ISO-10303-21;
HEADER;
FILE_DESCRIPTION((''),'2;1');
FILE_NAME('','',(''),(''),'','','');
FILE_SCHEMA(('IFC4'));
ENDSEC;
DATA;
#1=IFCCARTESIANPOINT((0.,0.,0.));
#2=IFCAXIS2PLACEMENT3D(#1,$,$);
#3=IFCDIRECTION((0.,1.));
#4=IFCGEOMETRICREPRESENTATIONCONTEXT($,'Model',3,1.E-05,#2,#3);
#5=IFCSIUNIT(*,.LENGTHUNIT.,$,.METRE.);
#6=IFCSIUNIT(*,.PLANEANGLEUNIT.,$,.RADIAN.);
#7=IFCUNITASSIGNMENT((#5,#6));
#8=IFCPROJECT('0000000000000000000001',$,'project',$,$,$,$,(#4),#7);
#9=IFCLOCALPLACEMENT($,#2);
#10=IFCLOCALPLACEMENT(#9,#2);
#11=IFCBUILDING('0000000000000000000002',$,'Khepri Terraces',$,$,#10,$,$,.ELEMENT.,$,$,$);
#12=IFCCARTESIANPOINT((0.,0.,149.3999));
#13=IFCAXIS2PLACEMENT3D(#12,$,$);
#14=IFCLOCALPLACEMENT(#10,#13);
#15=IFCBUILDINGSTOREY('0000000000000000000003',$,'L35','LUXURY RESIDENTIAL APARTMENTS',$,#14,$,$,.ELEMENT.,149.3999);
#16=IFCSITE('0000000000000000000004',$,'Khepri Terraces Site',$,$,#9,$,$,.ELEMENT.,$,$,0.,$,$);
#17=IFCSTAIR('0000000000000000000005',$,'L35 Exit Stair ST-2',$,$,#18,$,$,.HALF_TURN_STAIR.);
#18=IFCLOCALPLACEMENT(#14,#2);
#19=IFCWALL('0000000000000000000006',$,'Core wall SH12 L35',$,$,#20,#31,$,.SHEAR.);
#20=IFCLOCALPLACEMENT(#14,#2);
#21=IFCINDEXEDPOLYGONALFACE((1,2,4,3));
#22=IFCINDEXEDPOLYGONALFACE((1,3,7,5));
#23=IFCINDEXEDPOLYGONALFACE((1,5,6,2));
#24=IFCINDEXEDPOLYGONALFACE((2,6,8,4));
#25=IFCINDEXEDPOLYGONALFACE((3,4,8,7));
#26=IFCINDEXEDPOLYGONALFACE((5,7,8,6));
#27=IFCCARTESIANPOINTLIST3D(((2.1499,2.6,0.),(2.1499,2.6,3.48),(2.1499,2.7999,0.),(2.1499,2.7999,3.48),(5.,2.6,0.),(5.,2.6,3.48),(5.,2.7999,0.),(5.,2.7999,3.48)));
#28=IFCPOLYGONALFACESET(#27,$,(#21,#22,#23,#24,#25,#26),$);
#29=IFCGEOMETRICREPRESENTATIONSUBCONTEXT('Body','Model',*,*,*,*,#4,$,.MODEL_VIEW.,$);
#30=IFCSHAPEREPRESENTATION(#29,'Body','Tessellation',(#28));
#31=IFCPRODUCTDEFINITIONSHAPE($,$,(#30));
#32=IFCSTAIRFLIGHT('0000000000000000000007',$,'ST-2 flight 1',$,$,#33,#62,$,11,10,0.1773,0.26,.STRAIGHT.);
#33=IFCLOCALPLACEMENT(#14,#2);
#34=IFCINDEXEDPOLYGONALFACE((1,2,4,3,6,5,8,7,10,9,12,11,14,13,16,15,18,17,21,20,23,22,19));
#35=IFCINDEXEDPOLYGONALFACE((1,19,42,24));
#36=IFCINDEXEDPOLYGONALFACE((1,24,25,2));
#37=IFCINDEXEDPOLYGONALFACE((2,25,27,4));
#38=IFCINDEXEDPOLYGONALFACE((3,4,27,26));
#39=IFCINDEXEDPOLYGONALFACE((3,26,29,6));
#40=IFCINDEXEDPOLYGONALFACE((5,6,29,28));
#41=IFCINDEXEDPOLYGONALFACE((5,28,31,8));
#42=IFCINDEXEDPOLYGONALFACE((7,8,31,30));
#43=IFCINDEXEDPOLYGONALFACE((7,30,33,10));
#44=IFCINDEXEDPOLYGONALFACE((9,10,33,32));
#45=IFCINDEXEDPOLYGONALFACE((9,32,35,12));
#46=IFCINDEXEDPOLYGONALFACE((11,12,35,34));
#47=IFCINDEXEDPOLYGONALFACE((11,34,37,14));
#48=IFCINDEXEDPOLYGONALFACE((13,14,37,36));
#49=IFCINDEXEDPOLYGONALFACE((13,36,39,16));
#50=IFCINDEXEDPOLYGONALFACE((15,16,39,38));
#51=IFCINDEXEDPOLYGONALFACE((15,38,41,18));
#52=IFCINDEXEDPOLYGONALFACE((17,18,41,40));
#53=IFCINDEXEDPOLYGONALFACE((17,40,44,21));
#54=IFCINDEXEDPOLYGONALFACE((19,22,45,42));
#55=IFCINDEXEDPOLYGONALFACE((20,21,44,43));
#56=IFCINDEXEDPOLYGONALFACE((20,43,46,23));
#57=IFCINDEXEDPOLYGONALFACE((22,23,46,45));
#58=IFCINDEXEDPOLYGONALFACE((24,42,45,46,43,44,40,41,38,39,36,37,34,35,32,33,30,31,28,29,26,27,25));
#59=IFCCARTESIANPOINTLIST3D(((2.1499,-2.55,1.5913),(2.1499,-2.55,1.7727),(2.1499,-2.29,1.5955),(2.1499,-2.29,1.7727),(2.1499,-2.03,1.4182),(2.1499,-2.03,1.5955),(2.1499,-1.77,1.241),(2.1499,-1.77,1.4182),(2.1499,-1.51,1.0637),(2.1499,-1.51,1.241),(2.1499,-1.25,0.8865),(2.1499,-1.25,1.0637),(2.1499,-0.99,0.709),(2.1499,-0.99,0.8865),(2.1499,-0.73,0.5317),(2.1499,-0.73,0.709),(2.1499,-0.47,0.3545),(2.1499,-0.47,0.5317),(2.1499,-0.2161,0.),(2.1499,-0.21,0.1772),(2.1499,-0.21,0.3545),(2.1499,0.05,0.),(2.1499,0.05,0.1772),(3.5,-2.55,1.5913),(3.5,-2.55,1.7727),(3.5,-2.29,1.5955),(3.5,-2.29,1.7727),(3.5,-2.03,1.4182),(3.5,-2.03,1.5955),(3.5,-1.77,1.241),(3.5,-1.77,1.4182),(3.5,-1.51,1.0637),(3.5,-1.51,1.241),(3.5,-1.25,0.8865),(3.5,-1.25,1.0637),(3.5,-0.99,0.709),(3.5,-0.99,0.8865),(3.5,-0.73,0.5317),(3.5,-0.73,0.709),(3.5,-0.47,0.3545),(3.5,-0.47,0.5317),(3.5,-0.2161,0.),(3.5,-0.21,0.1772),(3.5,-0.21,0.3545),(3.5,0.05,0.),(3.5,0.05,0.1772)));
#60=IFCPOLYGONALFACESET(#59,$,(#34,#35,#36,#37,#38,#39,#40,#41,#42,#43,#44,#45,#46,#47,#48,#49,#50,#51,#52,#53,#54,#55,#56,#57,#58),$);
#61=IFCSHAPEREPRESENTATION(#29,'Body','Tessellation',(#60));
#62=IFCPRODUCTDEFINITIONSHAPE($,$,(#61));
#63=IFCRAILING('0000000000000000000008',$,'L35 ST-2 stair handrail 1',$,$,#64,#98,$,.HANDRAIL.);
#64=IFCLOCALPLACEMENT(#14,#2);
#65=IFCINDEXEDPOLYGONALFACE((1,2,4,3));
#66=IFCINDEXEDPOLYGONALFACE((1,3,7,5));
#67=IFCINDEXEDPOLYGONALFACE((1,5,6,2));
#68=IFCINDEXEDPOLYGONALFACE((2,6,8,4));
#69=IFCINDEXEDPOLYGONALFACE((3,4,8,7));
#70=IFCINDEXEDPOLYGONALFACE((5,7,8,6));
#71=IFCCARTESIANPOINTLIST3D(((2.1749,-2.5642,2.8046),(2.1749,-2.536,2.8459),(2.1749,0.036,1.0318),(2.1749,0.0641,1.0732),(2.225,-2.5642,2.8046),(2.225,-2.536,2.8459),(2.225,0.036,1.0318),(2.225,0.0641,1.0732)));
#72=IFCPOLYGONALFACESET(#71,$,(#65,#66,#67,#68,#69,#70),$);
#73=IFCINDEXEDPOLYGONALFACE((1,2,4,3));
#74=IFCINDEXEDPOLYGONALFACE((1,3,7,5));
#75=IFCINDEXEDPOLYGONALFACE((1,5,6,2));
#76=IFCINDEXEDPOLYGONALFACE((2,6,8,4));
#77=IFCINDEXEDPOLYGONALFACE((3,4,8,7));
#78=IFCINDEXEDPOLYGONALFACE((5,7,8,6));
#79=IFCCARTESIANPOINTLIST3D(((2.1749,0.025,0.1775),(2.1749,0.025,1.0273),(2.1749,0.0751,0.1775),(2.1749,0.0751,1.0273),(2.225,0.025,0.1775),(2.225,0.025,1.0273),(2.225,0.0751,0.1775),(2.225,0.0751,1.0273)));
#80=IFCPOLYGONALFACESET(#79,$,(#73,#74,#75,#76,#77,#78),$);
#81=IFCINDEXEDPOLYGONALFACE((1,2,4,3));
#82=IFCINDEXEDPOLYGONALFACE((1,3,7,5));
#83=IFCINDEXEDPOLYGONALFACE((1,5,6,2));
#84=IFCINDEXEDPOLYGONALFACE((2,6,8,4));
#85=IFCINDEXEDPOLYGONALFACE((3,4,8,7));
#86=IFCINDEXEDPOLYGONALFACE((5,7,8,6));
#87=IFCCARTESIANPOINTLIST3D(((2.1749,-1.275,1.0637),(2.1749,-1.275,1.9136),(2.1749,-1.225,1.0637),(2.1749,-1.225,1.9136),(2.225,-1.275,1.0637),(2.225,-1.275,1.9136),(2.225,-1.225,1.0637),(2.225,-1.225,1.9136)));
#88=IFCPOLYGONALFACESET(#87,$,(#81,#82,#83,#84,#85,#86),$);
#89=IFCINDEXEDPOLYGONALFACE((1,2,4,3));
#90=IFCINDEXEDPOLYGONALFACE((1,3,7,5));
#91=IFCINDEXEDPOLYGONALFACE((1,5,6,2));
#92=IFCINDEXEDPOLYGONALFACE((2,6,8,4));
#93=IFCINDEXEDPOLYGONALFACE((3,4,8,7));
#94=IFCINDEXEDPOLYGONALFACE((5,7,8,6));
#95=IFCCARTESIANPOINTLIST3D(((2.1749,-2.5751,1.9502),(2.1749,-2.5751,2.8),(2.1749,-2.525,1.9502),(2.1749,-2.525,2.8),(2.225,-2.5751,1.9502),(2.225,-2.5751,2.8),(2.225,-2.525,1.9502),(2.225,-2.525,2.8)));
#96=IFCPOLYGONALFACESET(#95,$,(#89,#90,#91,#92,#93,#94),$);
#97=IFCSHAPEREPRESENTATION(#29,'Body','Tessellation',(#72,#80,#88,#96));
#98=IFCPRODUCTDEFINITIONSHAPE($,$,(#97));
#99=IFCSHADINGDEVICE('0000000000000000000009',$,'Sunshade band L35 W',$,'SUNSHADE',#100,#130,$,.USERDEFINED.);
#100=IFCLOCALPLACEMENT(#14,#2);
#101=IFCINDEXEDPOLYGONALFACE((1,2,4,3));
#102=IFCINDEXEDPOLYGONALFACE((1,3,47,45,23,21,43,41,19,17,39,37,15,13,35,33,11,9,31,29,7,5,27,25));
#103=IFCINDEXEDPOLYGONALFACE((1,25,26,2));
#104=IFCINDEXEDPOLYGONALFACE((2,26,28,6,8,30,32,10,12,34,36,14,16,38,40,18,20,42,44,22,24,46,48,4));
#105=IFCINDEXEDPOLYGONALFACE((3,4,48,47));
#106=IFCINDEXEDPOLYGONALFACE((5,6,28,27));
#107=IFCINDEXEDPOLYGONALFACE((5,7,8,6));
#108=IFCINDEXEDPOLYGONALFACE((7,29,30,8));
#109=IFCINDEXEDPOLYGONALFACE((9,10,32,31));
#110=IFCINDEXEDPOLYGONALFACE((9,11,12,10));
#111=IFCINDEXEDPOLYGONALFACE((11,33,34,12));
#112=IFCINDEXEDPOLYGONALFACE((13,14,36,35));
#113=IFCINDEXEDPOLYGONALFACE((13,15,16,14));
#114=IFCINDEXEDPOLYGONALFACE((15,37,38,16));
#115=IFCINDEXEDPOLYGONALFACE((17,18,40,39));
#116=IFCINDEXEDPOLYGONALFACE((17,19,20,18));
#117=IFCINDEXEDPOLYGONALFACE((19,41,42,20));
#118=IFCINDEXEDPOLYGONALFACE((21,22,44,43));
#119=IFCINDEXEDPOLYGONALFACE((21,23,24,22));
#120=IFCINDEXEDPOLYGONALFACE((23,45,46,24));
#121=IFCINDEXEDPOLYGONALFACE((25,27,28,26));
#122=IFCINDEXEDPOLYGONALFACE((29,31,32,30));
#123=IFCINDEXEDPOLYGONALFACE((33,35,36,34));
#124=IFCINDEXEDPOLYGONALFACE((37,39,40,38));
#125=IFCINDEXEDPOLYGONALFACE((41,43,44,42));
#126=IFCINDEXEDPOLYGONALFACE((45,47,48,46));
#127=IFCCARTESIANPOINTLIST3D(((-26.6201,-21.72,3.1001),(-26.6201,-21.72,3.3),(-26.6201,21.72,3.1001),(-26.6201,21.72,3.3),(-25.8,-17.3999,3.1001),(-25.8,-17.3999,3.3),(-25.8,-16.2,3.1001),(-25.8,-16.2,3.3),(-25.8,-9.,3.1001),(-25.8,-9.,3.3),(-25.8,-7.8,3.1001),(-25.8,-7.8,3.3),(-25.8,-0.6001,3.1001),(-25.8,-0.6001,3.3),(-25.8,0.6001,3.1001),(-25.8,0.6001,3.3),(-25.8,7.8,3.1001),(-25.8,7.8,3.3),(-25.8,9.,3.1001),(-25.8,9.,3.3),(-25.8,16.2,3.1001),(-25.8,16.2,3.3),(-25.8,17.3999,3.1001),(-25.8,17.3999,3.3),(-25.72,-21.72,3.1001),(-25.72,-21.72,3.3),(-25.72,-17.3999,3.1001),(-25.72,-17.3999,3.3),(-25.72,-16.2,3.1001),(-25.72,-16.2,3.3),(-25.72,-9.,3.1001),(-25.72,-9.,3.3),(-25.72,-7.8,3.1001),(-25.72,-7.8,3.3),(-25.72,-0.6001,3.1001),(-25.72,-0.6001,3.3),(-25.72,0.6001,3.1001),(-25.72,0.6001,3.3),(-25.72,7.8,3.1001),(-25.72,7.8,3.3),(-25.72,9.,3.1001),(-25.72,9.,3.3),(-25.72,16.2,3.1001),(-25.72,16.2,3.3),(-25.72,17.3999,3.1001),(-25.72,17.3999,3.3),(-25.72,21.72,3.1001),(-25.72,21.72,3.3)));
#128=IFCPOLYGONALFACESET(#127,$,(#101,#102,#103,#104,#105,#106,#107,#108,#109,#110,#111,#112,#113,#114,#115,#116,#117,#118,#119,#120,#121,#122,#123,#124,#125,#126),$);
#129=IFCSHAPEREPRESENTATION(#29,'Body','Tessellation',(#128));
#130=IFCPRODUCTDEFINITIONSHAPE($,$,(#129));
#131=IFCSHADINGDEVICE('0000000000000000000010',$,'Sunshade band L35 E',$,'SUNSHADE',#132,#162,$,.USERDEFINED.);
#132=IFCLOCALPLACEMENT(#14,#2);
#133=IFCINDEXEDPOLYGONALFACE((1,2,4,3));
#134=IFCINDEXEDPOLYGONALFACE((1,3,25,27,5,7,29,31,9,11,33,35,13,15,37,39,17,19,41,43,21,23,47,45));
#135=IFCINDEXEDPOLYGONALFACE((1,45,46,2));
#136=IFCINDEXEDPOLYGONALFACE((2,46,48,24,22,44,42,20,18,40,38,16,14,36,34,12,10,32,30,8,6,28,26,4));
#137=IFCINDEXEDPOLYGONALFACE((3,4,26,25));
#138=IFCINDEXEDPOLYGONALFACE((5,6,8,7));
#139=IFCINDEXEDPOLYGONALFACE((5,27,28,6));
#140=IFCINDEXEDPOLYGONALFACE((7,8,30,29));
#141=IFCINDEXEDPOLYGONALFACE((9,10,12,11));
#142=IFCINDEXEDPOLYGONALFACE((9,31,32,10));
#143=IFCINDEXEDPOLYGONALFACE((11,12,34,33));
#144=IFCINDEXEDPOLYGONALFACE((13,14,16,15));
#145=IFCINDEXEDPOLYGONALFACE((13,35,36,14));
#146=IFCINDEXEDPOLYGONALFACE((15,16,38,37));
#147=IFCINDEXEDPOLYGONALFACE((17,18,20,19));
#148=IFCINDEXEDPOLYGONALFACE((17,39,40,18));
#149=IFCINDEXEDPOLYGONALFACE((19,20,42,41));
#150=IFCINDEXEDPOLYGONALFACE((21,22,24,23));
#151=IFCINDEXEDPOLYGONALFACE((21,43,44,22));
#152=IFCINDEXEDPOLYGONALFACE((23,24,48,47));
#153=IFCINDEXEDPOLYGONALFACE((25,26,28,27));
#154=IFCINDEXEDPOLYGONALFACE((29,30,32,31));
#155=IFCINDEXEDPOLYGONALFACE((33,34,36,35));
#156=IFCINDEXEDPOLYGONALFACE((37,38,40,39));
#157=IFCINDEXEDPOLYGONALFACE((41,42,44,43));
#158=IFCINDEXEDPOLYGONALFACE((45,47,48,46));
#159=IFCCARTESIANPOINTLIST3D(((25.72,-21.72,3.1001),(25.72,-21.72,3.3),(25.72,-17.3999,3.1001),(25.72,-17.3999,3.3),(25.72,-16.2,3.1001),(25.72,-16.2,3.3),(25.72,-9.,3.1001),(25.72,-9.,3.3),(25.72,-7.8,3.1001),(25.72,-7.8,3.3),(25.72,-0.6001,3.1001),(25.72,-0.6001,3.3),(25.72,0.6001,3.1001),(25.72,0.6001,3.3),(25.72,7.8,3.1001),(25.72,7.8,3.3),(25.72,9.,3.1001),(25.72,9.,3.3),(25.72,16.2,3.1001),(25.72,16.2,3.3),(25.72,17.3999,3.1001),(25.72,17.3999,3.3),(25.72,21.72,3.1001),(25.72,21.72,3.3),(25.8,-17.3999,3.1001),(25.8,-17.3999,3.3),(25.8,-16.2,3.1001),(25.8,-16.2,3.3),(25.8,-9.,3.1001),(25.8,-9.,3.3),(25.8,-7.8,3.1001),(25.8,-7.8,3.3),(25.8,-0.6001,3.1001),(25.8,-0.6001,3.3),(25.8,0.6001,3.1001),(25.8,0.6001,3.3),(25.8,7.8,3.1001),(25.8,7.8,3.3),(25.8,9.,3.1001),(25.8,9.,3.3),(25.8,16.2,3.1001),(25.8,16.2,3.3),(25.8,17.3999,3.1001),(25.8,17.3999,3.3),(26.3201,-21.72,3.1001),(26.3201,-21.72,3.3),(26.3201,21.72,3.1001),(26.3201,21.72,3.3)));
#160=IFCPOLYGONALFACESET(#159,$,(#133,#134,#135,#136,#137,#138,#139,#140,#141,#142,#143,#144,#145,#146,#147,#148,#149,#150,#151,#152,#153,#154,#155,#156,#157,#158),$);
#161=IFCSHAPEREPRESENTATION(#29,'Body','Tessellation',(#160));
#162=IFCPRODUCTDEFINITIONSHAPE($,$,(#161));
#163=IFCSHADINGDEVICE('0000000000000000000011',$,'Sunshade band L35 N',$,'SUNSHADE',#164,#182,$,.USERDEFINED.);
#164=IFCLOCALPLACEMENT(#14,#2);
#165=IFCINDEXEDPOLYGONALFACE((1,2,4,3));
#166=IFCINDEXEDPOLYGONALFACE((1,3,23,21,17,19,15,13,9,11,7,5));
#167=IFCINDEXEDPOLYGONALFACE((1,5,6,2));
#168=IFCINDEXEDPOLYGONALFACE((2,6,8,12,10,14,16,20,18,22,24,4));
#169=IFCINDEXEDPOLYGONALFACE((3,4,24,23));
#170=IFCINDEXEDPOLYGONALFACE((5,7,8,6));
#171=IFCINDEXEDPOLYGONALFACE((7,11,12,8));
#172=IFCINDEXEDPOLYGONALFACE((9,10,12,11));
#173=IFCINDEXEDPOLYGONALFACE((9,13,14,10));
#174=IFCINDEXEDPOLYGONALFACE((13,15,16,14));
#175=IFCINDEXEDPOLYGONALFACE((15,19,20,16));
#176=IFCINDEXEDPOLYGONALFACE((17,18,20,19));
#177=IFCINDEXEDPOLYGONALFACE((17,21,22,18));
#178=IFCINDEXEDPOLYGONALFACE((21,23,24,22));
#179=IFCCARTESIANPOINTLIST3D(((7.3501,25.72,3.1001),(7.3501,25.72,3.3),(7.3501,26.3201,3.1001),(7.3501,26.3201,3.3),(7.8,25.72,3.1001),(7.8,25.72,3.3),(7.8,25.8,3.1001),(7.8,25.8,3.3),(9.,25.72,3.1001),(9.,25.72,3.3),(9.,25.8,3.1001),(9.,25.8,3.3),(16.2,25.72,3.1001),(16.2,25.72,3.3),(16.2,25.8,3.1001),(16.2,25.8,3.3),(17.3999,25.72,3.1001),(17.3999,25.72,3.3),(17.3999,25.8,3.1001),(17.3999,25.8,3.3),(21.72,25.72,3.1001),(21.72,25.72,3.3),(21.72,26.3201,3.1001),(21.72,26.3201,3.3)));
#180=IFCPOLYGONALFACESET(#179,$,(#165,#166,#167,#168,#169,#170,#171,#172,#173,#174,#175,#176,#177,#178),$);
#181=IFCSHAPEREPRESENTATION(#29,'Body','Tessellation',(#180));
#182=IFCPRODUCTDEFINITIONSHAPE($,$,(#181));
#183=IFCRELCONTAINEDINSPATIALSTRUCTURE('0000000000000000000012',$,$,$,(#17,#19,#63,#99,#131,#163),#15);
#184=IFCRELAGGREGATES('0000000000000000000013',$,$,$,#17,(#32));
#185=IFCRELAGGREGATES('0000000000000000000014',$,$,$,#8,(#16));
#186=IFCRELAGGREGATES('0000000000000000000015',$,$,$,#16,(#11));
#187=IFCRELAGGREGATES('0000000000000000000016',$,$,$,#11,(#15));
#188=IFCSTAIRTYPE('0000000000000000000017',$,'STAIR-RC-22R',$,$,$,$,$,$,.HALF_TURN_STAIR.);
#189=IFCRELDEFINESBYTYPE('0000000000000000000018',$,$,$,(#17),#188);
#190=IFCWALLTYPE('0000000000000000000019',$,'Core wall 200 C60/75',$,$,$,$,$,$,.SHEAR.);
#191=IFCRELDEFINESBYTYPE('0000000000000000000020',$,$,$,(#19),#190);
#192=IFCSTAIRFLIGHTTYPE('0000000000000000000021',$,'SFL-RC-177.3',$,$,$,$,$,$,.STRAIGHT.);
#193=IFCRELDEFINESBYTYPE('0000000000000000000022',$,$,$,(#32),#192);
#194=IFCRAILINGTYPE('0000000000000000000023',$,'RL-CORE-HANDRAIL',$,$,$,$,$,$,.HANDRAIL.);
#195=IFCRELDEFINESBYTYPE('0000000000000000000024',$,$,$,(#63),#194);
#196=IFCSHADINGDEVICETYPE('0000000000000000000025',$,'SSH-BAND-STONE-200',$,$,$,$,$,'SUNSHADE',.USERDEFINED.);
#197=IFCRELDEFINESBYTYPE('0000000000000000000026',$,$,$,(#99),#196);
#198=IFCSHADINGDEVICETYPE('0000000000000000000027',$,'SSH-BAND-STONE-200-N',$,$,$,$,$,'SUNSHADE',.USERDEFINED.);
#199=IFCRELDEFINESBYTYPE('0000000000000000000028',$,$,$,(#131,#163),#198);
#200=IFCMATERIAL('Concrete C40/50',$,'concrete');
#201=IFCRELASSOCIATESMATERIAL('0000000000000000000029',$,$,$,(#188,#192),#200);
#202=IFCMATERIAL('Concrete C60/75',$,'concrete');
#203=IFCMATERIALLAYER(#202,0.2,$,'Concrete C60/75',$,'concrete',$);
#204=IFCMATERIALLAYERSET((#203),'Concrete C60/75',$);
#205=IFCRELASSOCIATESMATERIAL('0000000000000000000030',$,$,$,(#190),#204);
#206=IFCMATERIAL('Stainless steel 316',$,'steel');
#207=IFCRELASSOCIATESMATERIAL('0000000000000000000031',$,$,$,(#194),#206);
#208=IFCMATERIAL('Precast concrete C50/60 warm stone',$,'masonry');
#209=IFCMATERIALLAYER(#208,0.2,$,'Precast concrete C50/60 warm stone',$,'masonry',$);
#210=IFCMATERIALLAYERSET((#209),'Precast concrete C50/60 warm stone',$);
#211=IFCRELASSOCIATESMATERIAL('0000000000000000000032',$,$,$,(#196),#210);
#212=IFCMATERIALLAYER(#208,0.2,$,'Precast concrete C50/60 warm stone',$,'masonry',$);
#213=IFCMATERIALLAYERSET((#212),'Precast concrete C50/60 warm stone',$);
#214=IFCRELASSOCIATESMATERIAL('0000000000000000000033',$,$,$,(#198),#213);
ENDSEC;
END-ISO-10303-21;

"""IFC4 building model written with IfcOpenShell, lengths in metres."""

from ifc_helpers import new_model, si_unit, direction, frame, frame_2d, origin, origin_2d, place, context, subcontext, project, spatial, polyline, rectangle, outline, extrude, material, layer, layer_set, type_object, element, aggregate, save


model = new_model("IFC4")

# Units and contexts
model_context = context("Model", 3, precision=1e-05, world=origin(), true_north=direction((0.0, 1.0)))
body_context = subcontext(model_context, "Body", "Model", "MODEL_VIEW")
ifc_project = project(units=[si_unit("LENGTHUNIT", "METRE"), si_unit("PLANEANGLEUNIT", "RADIAN")], contexts=[model_context])

# Site, building, storey
site_placement = place(None, origin())
site = spatial("IfcSite", under=ifc_project, at=site_placement, Name="Khepri Terraces Site", CompositionType="ELEMENT", RefElevation=0.0)
building_placement = place(site_placement, origin())
building = spatial("IfcBuilding", under=site, at=building_placement, Name="Khepri Terraces", CompositionType="ELEMENT")
storey_placement = place(building_placement, frame((0.0, 0.0, 149.3999)))
storey = spatial("IfcBuildingStorey", under=building, at=storey_placement, Name="L35", Description="LUXURY RESIDENTIAL APARTMENTS", CompositionType="ELEMENT", Elevation=149.3999)

# Stair
ifc_material_1 = material(Name="Concrete C40/50", Category="concrete")
stair_type = type_object("IfcStairType", Name="STAIR-RC-22R", PredefinedType="HALF_TURN_STAIR", material=ifc_material_1)
stair_1_placement = place(storey_placement, origin())
stair_1 = element("IfcStair", 1, at=stair_1_placement, inside=storey, type_object=stair_type, Name="L35 Exit Stair ST-2", PredefinedType="HALF_TURN_STAIR")

# Shared definitions
ifc_material_2 = material(Name="Concrete C60/75", Category="concrete")
ifc_layer_1 = layer(ifc_material_2, 0.2, Name="Concrete C60/75", Category="concrete")
ifc_layer_set_1 = layer_set([ifc_layer_1], Name="Concrete C60/75")
wall_type = type_object("IfcWallType", Name="Core wall 200 C60/75", PredefinedType="SHEAR", material=ifc_layer_set_1)

# Wall
wall_1_placement = place(storey_placement, frame((2.1499, 2.7, 0.0), z_axis=(0.0, 0.0, 1.0), x_axis=(1.0, 0.0, 0.0)))
element("IfcWall", 2, at=wall_1_placement, inside=storey, type_object=wall_type, Name="Core wall SH12 L35", PredefinedType="SHEAR", context=body_context, shape_type="SweptSolid", body=[
    extrude(rectangle(XDim=2.8501, YDim=0.2, at=frame_2d((1.425, 0.0))), origin(), (0.0, 0.0, 1.0), 3.48),
])

# Stair flight
stair_flight_type = type_object("IfcStairFlightType", Name="SFL-RC-177.3", PredefinedType="STRAIGHT", material=ifc_material_1)
stair_flight_placement = place(storey_placement, frame((2.825, 0.05, 0.0), z_axis=(0.0, 0.0, 1.0), x_axis=(0.0, -1.0, 0.0)))
stair_flight = element("IfcStairFlight", 3, at=stair_flight_placement, type_object=stair_flight_type, Name="ST-2 flight 1", NumberOfRisers=11, NumberOfTreads=10, PredefinedType="STRAIGHT", RiserHeight=0.1773, TreadLength=0.26, context=body_context, shape_type="SweptSolid", body=[
    extrude(outline(polyline([(0.0, 0.0), (0.0, 0.1772), (0.26, 0.1772), (0.26, 0.3545), (0.52, 0.3545), (0.52, 0.5317), (0.78, 0.5317), (0.78, 0.709), (1.04, 0.709), (1.04, 0.8865), (1.3, 0.8865), (1.3, 1.0637), (1.5601, 1.0637), (1.5601, 1.241), (1.8201, 1.241), (1.8201, 1.4182), (2.0801, 1.4182), (2.0801, 1.5955), (2.3401, 1.5955), (2.3401, 1.7727), (2.6001, 1.7727), (2.6001, 1.95), (2.6001, 1.5913), (0.2661, 0.0), (0.0, 0.0)])), frame((0.0, 0.675, 0.0), z_axis=(0.0, -1.0, 0.0), x_axis=(1.0, 0.0, 0.0)), (0.0, 0.0, 1.0), 1.3501),
])
aggregate(stair_1, [stair_flight])

# Railing
ifc_material_3 = material(Name="Stainless steel 316", Category="steel")
railing_type = type_object("IfcRailingType", Name="RL-CORE-HANDRAIL", PredefinedType="HANDRAIL", material=ifc_material_3)
railing_placement = place(storey_placement, frame((2.2, 0.05, 0.1775)))
element("IfcRailing", 4, at=railing_placement, inside=storey, type_object=railing_type, Name="L35 ST-2 stair handrail 1", PredefinedType="HANDRAIL", context=body_context, shape_type="SweptSolid", body=[
    extrude(rectangle(XDim=0.05, YDim=0.05, at=origin_2d()), frame((0.0, 0.0, 0.875), z_axis=(0.0, -0.82624, 0.563318), x_axis=(1.0, 0.0, 0.0)), (0.0, 0.0, 1.0), 3.147),
    extrude(rectangle(XDim=0.05, YDim=0.05, at=origin_2d()), origin(), (0.0, 0.0, 1.0), 0.8499),
    extrude(rectangle(XDim=0.05, YDim=0.05, at=origin_2d()), frame((0.0, -1.3, 0.8862)), (0.0, 0.0, 1.0), 0.8499),
    extrude(rectangle(XDim=0.05, YDim=0.05, at=origin_2d()), frame((0.0, -2.6001, 1.7727)), (0.0, 0.0, 1.0), 0.8499),
])

# Shading devices
ifc_material_4 = material(Name="Precast concrete C50/60 warm stone", Category="masonry")
ifc_layer_2 = layer(ifc_material_4, 0.2, Name="Precast concrete C50/60 warm stone", Category="masonry")
ifc_layer_set_2 = layer_set([ifc_layer_2], Name="Precast concrete C50/60 warm stone")
shading_device_type_1 = type_object("IfcShadingDeviceType", Name="SSH-BAND-STONE-200", ElementType="SUNSHADE", PredefinedType="USERDEFINED", material=ifc_layer_set_2)
shading_device_1_placement = place(storey_placement, frame((0.0, 0.0, 3.1001)))
element("IfcShadingDevice", 5, at=shading_device_1_placement, inside=storey, type_object=shading_device_type_1, Name="Sunshade band L35 W", ObjectType="SUNSHADE", PredefinedType="USERDEFINED", context=body_context, shape_type="SweptSolid", body=[
    extrude(outline(polyline([(-25.72, 17.3999), (-25.72, 21.72), (-26.6201, 21.72), (-26.6201, -21.72), (-25.72, -21.72), (-25.72, -17.3999), (-25.8, -17.3999), (-25.8, -16.2), (-25.72, -16.2), (-25.72, -9.0), (-25.8, -9.0), (-25.8, -7.8), (-25.72, -7.8), (-25.72, -0.6001), (-25.8, -0.6001), (-25.8, 0.6001), (-25.72, 0.6001), (-25.72, 7.8), (-25.8, 7.8), (-25.8, 9.0), (-25.72, 9.0), (-25.72, 16.2), (-25.8, 16.2), (-25.8, 17.3999), (-25.72, 17.3999)])), origin(), (0.0, 0.0, 1.0), 0.2),
])
ifc_layer_3 = layer(ifc_material_4, 0.2, Name="Precast concrete C50/60 warm stone", Category="masonry")
ifc_layer_set_3 = layer_set([ifc_layer_3], Name="Precast concrete C50/60 warm stone")
shading_device_type_2 = type_object("IfcShadingDeviceType", Name="SSH-BAND-STONE-200-N", ElementType="SUNSHADE", PredefinedType="USERDEFINED", material=ifc_layer_set_3)
shading_device_2_placement = place(storey_placement, frame((0.0, 0.0, 3.1001)))
element("IfcShadingDevice", 6, at=shading_device_2_placement, inside=storey, type_object=shading_device_type_2, Name="Sunshade band L35 E", ObjectType="SUNSHADE", PredefinedType="USERDEFINED", context=body_context, shape_type="SweptSolid", body=[
    extrude(outline(polyline([(25.72, -17.3999), (25.72, -21.72), (26.3201, -21.72), (26.3201, 21.72), (25.72, 21.72), (25.72, 17.3999), (25.8, 17.3999), (25.8, 16.2), (25.72, 16.2), (25.72, 9.0), (25.8, 9.0), (25.8, 7.8), (25.72, 7.8), (25.72, 0.6001), (25.8, 0.6001), (25.8, -0.6001), (25.72, -0.6001), (25.72, -7.8), (25.8, -7.8), (25.8, -9.0), (25.72, -9.0), (25.72, -16.2), (25.8, -16.2), (25.8, -17.3999), (25.72, -17.3999)])), origin(), (0.0, 0.0, 1.0), 0.2),
])
shading_device_3_placement = place(storey_placement, frame((0.0, 0.0, 3.1001)))
element("IfcShadingDevice", 7, at=shading_device_3_placement, inside=storey, type_object=shading_device_type_2, Name="Sunshade band L35 N", ObjectType="SUNSHADE", PredefinedType="USERDEFINED", context=body_context, shape_type="SweptSolid", body=[
    extrude(outline(polyline([(17.3999, 25.72), (21.72, 25.72), (21.72, 26.3201), (7.3501, 26.3201), (7.3501, 25.72), (7.8, 25.72), (7.8, 25.8), (9.0, 25.8), (9.0, 25.72), (16.2, 25.72), (16.2, 25.8), (17.3999, 25.8), (17.3999, 25.72)])), origin(), (0.0, 0.0, 1.0), 0.2),
])

save(model, "model.ifc")
